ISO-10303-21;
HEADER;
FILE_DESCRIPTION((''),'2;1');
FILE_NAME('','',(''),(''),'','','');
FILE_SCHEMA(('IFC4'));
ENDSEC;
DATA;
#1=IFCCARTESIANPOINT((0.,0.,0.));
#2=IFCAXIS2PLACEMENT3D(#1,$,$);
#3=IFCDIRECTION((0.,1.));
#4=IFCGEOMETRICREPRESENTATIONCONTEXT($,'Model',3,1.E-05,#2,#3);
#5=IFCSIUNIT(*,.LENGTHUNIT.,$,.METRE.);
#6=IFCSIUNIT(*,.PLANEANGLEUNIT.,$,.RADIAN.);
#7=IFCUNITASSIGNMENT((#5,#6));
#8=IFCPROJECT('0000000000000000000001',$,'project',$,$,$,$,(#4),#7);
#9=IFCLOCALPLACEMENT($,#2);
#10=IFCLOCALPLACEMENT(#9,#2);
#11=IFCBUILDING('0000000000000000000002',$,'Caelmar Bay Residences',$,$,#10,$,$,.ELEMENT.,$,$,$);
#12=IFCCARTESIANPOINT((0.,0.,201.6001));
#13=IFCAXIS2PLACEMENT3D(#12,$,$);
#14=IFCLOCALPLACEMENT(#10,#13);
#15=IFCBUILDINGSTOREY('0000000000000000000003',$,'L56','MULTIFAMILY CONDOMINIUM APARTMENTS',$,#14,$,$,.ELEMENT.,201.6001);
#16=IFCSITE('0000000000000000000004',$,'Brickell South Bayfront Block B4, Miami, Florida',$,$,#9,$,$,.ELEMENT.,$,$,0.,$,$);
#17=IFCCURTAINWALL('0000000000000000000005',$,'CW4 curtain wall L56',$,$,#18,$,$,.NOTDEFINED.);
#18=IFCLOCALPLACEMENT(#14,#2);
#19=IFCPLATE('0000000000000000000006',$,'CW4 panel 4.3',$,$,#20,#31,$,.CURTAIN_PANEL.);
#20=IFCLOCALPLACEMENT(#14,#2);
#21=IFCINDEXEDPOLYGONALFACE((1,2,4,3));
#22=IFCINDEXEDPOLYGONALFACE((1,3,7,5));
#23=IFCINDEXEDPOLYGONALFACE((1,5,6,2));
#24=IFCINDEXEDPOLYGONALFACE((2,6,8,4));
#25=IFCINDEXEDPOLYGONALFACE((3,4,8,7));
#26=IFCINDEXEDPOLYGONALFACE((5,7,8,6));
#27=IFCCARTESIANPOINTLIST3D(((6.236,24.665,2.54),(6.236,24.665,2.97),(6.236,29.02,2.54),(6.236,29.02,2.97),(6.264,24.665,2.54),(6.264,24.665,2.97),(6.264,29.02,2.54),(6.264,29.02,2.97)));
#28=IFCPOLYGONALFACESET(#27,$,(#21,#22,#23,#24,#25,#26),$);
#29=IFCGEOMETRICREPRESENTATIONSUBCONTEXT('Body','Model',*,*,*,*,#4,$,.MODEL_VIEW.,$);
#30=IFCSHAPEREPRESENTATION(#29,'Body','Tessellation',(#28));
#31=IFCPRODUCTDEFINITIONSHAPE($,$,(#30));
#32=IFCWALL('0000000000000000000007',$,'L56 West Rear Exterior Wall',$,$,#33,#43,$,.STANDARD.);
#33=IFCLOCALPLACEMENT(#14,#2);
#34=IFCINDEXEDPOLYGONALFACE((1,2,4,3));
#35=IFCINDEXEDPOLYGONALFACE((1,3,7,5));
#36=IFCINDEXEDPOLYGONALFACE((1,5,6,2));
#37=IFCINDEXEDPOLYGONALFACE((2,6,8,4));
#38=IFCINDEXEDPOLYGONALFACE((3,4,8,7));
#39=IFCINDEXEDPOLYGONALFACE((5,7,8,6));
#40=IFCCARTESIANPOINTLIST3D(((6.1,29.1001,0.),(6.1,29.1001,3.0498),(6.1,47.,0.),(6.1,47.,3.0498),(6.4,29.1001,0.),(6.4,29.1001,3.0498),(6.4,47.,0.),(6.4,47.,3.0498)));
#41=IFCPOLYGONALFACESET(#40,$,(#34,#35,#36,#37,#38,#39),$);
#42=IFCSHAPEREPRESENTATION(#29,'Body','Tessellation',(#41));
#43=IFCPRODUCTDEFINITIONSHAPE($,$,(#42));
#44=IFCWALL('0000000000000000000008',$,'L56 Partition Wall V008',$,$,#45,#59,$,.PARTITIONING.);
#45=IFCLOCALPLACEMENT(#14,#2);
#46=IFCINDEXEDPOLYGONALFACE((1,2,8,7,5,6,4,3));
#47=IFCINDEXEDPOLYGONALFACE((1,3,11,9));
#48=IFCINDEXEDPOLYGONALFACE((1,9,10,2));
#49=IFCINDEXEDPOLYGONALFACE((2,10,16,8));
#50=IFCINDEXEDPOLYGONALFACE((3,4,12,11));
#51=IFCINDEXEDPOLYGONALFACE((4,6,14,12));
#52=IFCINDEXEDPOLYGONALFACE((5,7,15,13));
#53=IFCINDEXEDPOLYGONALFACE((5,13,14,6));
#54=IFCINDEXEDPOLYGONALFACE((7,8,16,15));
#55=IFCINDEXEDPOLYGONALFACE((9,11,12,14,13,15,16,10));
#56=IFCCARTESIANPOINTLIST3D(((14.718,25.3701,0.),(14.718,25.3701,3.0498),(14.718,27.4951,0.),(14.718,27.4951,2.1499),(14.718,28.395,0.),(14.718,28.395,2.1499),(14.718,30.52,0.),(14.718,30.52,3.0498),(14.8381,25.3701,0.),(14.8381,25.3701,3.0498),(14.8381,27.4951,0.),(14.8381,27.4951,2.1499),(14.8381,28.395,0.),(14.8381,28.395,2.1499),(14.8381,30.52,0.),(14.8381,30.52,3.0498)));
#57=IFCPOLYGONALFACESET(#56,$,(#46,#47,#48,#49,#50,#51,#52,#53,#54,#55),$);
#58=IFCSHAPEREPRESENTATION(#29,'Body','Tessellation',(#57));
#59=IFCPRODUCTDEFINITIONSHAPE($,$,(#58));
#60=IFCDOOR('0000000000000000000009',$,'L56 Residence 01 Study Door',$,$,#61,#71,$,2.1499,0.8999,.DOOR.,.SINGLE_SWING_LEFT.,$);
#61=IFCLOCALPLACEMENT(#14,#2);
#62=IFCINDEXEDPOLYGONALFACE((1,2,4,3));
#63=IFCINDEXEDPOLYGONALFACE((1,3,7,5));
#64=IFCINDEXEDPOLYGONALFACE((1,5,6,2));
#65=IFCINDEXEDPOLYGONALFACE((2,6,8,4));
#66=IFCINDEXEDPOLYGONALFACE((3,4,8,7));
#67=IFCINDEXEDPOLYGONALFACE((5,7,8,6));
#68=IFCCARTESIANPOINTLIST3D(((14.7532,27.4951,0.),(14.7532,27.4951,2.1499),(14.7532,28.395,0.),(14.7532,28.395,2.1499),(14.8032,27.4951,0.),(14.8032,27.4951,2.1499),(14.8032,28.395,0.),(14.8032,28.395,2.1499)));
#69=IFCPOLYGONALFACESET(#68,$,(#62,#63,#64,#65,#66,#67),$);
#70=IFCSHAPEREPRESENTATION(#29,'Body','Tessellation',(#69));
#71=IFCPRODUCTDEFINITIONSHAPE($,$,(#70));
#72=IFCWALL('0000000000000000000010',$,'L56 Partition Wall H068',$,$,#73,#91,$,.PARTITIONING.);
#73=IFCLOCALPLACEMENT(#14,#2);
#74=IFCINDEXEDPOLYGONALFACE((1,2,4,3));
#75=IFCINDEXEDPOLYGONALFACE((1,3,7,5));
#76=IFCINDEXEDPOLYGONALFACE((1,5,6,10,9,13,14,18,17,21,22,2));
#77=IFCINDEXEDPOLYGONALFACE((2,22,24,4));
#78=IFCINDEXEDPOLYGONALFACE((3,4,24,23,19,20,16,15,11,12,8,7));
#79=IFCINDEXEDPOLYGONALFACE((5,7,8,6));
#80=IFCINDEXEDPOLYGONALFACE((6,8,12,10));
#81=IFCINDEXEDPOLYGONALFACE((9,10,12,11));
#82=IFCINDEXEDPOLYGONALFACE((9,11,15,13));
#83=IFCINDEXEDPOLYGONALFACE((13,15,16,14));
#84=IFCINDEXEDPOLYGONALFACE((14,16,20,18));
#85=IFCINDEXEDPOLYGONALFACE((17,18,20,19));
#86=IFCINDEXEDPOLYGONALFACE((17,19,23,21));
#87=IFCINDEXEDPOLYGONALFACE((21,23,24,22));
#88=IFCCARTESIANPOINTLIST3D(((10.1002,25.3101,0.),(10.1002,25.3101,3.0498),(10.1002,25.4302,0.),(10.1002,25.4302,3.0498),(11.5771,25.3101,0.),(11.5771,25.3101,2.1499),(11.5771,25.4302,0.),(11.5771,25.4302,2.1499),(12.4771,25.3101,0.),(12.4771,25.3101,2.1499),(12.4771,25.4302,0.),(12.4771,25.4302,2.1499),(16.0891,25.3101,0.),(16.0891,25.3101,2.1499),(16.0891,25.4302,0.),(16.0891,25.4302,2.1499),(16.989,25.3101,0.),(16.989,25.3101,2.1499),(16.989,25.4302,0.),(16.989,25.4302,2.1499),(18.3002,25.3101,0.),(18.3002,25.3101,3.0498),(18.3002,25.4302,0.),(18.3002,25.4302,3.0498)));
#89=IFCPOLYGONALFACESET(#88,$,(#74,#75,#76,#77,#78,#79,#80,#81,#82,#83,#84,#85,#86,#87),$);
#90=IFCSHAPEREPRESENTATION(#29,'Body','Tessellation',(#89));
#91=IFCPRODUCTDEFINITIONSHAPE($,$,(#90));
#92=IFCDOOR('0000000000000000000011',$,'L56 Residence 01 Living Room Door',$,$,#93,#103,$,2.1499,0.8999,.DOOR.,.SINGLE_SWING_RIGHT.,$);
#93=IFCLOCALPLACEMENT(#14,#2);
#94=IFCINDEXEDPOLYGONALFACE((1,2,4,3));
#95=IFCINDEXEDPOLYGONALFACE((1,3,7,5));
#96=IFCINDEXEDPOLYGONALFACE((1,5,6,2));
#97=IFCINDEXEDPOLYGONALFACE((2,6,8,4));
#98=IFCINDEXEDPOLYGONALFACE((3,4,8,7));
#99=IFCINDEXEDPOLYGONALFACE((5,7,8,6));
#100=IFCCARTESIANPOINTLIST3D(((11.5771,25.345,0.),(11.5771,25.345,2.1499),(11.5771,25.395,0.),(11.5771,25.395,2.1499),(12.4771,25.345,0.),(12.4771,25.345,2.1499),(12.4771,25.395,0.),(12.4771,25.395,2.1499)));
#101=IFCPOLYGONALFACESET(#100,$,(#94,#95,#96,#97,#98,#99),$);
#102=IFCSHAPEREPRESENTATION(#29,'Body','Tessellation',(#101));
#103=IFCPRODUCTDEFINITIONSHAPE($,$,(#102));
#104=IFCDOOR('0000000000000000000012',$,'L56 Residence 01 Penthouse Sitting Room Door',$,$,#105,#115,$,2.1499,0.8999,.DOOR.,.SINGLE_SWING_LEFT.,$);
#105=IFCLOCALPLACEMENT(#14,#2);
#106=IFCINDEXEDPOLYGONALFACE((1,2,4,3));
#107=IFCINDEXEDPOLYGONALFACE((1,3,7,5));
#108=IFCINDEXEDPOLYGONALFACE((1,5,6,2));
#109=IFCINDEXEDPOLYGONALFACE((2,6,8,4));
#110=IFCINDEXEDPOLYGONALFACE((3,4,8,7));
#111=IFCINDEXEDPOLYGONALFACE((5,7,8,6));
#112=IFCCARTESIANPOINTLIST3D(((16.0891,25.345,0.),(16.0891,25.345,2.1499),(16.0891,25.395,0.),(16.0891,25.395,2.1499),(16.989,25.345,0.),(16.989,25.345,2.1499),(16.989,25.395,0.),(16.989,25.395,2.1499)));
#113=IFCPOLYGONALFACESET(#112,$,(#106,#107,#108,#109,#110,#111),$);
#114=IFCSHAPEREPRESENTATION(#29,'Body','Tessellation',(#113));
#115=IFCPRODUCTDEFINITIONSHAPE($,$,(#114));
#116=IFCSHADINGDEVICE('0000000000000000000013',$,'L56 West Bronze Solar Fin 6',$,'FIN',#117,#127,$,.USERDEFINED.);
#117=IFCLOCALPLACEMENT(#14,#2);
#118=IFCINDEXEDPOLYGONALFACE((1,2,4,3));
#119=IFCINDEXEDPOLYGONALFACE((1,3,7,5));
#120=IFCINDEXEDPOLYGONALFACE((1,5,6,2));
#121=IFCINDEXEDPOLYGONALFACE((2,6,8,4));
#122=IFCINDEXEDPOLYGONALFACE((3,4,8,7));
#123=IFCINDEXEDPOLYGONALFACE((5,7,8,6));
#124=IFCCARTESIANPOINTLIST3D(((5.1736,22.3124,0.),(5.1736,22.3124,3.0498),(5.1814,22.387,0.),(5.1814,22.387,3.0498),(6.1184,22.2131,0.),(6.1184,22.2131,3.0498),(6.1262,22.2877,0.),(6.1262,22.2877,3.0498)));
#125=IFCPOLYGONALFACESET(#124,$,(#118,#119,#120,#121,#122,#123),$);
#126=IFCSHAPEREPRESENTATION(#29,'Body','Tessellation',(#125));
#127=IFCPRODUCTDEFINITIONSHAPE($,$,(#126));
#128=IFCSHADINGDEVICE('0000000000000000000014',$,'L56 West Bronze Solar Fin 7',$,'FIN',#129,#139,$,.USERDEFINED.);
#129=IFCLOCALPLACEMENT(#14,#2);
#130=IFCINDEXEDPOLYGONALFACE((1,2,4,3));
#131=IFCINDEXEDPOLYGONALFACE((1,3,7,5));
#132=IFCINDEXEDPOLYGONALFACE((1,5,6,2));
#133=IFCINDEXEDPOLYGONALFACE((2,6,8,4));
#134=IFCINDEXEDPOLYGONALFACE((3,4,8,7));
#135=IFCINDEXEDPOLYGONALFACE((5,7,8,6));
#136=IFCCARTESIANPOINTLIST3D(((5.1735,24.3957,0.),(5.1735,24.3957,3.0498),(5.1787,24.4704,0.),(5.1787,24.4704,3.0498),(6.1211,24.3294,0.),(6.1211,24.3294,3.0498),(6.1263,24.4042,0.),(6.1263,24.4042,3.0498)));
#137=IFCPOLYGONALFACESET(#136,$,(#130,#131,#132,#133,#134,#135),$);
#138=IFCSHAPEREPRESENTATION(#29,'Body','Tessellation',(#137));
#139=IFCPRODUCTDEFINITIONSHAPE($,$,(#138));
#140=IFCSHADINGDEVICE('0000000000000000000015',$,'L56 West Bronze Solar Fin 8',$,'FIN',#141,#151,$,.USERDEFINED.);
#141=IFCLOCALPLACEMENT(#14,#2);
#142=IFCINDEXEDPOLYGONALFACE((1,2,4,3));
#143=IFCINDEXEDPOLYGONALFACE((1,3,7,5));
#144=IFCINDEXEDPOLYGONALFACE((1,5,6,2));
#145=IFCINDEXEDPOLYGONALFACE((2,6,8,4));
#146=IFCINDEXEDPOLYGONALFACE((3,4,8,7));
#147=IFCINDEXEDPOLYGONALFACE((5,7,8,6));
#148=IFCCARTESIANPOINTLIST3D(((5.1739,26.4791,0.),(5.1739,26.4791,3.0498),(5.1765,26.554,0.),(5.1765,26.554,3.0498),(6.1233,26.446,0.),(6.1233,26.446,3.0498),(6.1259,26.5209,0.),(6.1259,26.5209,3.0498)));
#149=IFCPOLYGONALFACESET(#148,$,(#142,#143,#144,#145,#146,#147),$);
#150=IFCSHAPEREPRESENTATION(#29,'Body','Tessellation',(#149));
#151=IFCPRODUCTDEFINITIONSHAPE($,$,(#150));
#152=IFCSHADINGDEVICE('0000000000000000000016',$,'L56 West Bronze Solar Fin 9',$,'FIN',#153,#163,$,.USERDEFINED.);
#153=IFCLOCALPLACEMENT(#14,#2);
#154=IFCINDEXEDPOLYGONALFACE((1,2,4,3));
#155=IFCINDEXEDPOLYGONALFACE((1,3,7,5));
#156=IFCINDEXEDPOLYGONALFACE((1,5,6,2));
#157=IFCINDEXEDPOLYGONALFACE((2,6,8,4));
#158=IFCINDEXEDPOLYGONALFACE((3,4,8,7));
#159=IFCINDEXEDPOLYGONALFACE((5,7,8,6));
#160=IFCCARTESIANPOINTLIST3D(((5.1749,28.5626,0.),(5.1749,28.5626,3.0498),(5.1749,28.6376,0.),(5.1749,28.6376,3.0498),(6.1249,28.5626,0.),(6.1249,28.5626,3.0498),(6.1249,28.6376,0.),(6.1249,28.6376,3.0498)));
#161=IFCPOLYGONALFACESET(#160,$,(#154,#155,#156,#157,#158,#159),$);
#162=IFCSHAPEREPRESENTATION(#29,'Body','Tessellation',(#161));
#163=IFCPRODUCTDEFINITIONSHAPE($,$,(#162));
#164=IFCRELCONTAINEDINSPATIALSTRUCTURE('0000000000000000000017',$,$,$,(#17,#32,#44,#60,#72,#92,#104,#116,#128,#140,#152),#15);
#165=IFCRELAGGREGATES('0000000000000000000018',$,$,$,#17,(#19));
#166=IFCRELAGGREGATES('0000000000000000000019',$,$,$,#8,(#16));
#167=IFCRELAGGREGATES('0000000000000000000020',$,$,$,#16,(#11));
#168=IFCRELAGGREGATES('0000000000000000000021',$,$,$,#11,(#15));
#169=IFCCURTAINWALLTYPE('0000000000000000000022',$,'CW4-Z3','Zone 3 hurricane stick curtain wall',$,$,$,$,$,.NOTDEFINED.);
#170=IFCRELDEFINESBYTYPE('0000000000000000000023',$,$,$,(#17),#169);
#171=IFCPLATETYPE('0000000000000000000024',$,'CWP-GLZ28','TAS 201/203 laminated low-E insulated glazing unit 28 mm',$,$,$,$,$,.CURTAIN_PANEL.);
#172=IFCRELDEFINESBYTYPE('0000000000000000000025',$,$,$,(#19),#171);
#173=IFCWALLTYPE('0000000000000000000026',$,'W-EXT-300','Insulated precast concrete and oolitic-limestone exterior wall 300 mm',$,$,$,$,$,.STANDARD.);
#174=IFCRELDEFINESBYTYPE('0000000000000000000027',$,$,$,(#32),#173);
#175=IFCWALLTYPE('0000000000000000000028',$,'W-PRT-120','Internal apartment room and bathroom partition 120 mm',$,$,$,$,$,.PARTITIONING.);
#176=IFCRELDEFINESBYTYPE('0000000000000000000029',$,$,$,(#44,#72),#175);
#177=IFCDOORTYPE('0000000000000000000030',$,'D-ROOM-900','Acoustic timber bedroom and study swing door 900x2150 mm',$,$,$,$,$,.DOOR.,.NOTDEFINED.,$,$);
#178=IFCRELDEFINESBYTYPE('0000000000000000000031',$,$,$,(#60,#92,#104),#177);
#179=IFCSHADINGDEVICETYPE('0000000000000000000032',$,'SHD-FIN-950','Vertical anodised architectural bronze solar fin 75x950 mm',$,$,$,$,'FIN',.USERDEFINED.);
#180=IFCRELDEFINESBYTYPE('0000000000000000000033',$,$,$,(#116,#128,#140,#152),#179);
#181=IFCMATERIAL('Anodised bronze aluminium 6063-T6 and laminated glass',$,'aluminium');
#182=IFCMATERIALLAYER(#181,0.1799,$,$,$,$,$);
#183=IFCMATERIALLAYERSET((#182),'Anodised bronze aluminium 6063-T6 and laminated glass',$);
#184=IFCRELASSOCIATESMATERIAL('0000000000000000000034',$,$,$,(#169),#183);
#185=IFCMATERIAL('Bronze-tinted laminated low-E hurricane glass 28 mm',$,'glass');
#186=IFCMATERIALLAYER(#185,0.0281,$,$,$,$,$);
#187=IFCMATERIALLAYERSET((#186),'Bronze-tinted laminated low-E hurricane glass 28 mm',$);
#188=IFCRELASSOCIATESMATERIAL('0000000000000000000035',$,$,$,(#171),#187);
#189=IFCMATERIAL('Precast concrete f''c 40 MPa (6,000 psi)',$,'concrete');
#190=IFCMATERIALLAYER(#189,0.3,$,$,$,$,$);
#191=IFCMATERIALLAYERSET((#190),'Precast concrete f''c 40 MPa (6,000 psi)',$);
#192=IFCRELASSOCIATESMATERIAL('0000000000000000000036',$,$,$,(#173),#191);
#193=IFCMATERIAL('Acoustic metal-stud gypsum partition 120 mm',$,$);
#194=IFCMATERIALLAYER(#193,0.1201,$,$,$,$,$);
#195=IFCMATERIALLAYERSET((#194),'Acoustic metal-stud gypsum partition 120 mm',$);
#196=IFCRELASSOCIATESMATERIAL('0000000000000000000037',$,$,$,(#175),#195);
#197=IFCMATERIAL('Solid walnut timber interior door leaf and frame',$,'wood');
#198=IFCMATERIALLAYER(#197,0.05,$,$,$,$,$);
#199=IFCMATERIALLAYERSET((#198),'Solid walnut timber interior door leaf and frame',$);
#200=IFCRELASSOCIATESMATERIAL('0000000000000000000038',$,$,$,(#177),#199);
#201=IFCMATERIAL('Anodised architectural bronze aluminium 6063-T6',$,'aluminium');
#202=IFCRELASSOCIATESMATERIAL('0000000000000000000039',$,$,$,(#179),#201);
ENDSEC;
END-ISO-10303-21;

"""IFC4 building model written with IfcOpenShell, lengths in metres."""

from ifc_helpers import new_model, si_unit, direction, frame, frame_2d, origin, origin_2d, place, context, subcontext, project, spatial, rectangle, extrude, material, layer, layer_set, material_profile, profile_set, type_object, element, fill, aggregate, save


model = new_model("IFC4")

# Units and contexts
model_context = context("Model", 3, precision=1e-05, world=origin(), true_north=direction((0.0, 1.0)))
body_context = subcontext(model_context, "Body", "Model", "MODEL_VIEW")
ifc_project = project(units=[si_unit("LENGTHUNIT", "METRE"), si_unit("PLANEANGLEUNIT", "RADIAN")], contexts=[model_context])

# Site, building, storey
site_placement = place(None, origin())
site = spatial("IfcSite", under=ifc_project, at=site_placement, Name="Brickell South Bayfront Block B4, Miami, Florida", CompositionType="ELEMENT", RefElevation=0.0)
building_placement = place(site_placement, origin())
building = spatial("IfcBuilding", under=site, at=building_placement, Name="Caelmar Bay Residences", CompositionType="ELEMENT")
storey_placement = place(building_placement, frame((0.0, 0.0, 201.6001)))
storey = spatial("IfcBuildingStorey", under=building, at=storey_placement, Name="L56", Description="MULTIFAMILY CONDOMINIUM APARTMENTS", CompositionType="ELEMENT", Elevation=201.6001)

# Curtain wall, plate
ifc_material_1 = material(Name="Anodised bronze aluminium 6063-T6 and laminated glass", Category="aluminium")
ifc_layer_1 = layer(ifc_material_1, 0.1799)
ifc_layer_set_1 = layer_set([ifc_layer_1], Name="Anodised bronze aluminium 6063-T6 and laminated glass")
curtain_wall_type = type_object("IfcCurtainWallType", Name="CW4-Z3", Description="Zone 3 hurricane stick curtain wall", PredefinedType="NOTDEFINED", material=ifc_layer_set_1)
curtain_wall_placement = place(storey_placement, origin())
curtain_wall = element("IfcCurtainWall", 1, at=curtain_wall_placement, inside=storey, type_object=curtain_wall_type, Name="CW4 curtain wall L56", PredefinedType="NOTDEFINED")
ifc_material_2 = material(Name="Bronze-tinted laminated low-E hurricane glass 28 mm", Category="glass")
ifc_layer_2 = layer(ifc_material_2, 0.0281)
ifc_layer_set_2 = layer_set([ifc_layer_2], Name="Bronze-tinted laminated low-E hurricane glass 28 mm")
plate_type = type_object("IfcPlateType", Name="CWP-GLZ28", Description="TAS 201/203 laminated low-E insulated glazing unit 28 mm", PredefinedType="CURTAIN_PANEL", material=ifc_layer_set_2)
plate_1_placement = place(storey_placement, frame((6.25, 26.8425, 2.54), z_axis=(0.0, 0.0, 1.0), x_axis=(0.0, 1.0, 0.0)))
plate_1 = element("IfcPlate", 2, at=plate_1_placement, type_object=plate_type, Name="CW4 panel 4.3", PredefinedType="CURTAIN_PANEL", context=body_context, shape_type="SweptSolid", body=[
    extrude(rectangle(XDim=4.355, YDim=0.0281, at=origin_2d()), origin(), (0.0, 0.0, 1.0), 0.4299),
])
aggregate(curtain_wall, [plate_1])

# Wall
ifc_material_3 = material(Name="Precast concrete f'c 40 MPa (6,000 psi)", Category="concrete")
ifc_layer_3 = layer(ifc_material_3, 0.3)
ifc_layer_set_3 = layer_set([ifc_layer_3], Name="Precast concrete f'c 40 MPa (6,000 psi)")
wall_type_1 = type_object("IfcWallType", Name="W-EXT-300", Description="Insulated precast concrete and oolitic-limestone exterior wall 300 mm", PredefinedType="STANDARD", material=ifc_layer_set_3)
wall_1_placement = place(storey_placement, frame((6.25, 29.1001, 0.0), z_axis=(0.0, 0.0, 1.0), x_axis=(0.0, 1.0, 0.0)))
element("IfcWall", 3, at=wall_1_placement, inside=storey, type_object=wall_type_1, Name="L56 West Rear Exterior Wall", PredefinedType="STANDARD", context=body_context, shape_type="SweptSolid", body=[
    extrude(rectangle(XDim=17.8999, YDim=0.3, at=frame_2d((8.95, 0.0))), origin(), (0.0, 0.0, 1.0), 3.0498),
])

# Wall, opening, door
ifc_material_4 = material(Name="Acoustic metal-stud gypsum partition 120 mm")
ifc_layer_4 = layer(ifc_material_4, 0.1201)
ifc_layer_set_4 = layer_set([ifc_layer_4], Name="Acoustic metal-stud gypsum partition 120 mm")
wall_type_2 = type_object("IfcWallType", Name="W-PRT-120", Description="Internal apartment room and bathroom partition 120 mm", PredefinedType="PARTITIONING", material=ifc_layer_set_4)
wall_2_placement = place(storey_placement, frame((14.7781, 25.3701, 0.0), z_axis=(0.0, 0.0, 1.0), x_axis=(0.0, 1.0, 0.0)))
wall_2 = element("IfcWall", 4, at=wall_2_placement, inside=storey, type_object=wall_type_2, Name="L56 Partition Wall V008", PredefinedType="PARTITIONING", context=body_context, shape_type="SweptSolid", body=[
    extrude(rectangle(XDim=5.1499, YDim=0.1201, at=frame_2d((2.575, 0.0))), origin(), (0.0, 0.0, 1.0), 3.0498),
])
opening_1_placement = place(wall_2_placement, frame((2.125, 0.0, 0.0)))
opening_1 = element("IfcOpeningElement", 5, at=opening_1_placement, cuts=wall_2, PredefinedType="OPENING", context=body_context, shape_type="SweptSolid", body=[
    extrude(rectangle(XDim=0.8999, YDim=2.1499, at=frame_2d((0.45, 1.075))), frame((0.0, 0.0701, 0.0), z_axis=(0.0, -1.0, 0.0), x_axis=(1.0, 0.0, 0.0)), (0.0, 0.0, 1.0), 0.1401),
])
ifc_material_5 = material(Name="Solid walnut timber interior door leaf and frame", Category="wood")
ifc_layer_5 = layer(ifc_material_5, 0.05)
ifc_layer_set_5 = layer_set([ifc_layer_5], Name="Solid walnut timber interior door leaf and frame")
door_type = type_object("IfcDoorType", Name="D-ROOM-900", Description="Acoustic timber bedroom and study swing door 900x2150 mm", OperationType="NOTDEFINED", PredefinedType="DOOR", material=ifc_layer_set_5)
door_1_placement = place(opening_1_placement, origin())
door_1 = element("IfcDoor", 6, at=door_1_placement, inside=storey, type_object=door_type, Name="L56 Residence 01 Study Door", OperationType="SINGLE_SWING_LEFT", OverallHeight=2.1499, OverallWidth=0.8999, PredefinedType="DOOR", context=body_context, shape_type="SweptSolid", body=[
    extrude(rectangle(XDim=0.8999, YDim=2.1499, at=frame_2d((0.45, 1.075))), frame((0.0, 0.0249, 0.0), z_axis=(0.0, -1.0, 0.0), x_axis=(1.0, 0.0, 0.0)), (0.0, 0.0, 1.0), 0.05),
])
fill(opening_1, door_1)

# Wall, openings, doors
wall_3_placement = place(storey_placement, frame((10.1001, 25.3701, 0.0), z_axis=(0.0, 0.0, 1.0), x_axis=(1.0, 0.0, 0.0)))
wall_3 = element("IfcWall", 7, at=wall_3_placement, inside=storey, type_object=wall_type_2, Name="L56 Partition Wall H068", PredefinedType="PARTITIONING", context=body_context, shape_type="SweptSolid", body=[
    extrude(rectangle(XDim=8.2, YDim=0.1201, at=frame_2d((4.1001, 0.0))), origin(), (0.0, 0.0, 1.0), 3.0498),
])
opening_2_placement = place(wall_3_placement, frame((1.4771, 0.0, 0.0)))
opening_2 = element("IfcOpeningElement", 8, at=opening_2_placement, cuts=wall_3, PredefinedType="OPENING", context=body_context, shape_type="SweptSolid", body=[
    extrude(rectangle(XDim=0.8999, YDim=2.1499, at=frame_2d((0.45, 1.075))), frame((0.0, 0.0701, 0.0), z_axis=(0.0, -1.0, 0.0), x_axis=(1.0, 0.0, 0.0)), (0.0, 0.0, 1.0), 0.1401),
])
opening_3_placement = place(wall_3_placement, frame((5.989, 0.0, 0.0)))
opening_3 = element("IfcOpeningElement", 9, at=opening_3_placement, cuts=wall_3, PredefinedType="OPENING", context=body_context, shape_type="SweptSolid", body=[
    extrude(rectangle(XDim=0.8999, YDim=2.1499, at=frame_2d((0.45, 1.075))), frame((0.0, 0.0701, 0.0), z_axis=(0.0, -1.0, 0.0), x_axis=(1.0, 0.0, 0.0)), (0.0, 0.0, 1.0), 0.1401),
])
door_2_placement = place(opening_2_placement, origin())
door_2 = element("IfcDoor", 10, at=door_2_placement, inside=storey, type_object=door_type, Name="L56 Residence 01 Living Room Door", OperationType="SINGLE_SWING_RIGHT", OverallHeight=2.1499, OverallWidth=0.8999, PredefinedType="DOOR", context=body_context, shape_type="SweptSolid", body=[
    extrude(rectangle(XDim=0.8999, YDim=2.1499, at=frame_2d((0.45, 1.075))), frame((0.0, 0.0249, 0.0), z_axis=(0.0, -1.0, 0.0), x_axis=(1.0, 0.0, 0.0)), (0.0, 0.0, 1.0), 0.05),
])
fill(opening_2, door_2)
door_3_placement = place(opening_3_placement, origin())
door_3 = element("IfcDoor", 11, at=door_3_placement, inside=storey, type_object=door_type, Name="L56 Residence 01 Penthouse Sitting Room Door", OperationType="SINGLE_SWING_LEFT", OverallHeight=2.1499, OverallWidth=0.8999, PredefinedType="DOOR", context=body_context, shape_type="SweptSolid", body=[
    extrude(rectangle(XDim=0.8999, YDim=2.1499, at=frame_2d((0.45, 1.075))), frame((0.0, 0.0249, 0.0), z_axis=(0.0, -1.0, 0.0), x_axis=(1.0, 0.0, 0.0)), (0.0, 0.0, 1.0), 0.05),
])
fill(opening_3, door_3)

# Shading devices
ifc_material_6 = material(Name="Anodised architectural bronze aluminium 6063-T6", Category="aluminium")
ifc_material_profile_1 = material_profile(ifc_material_6, rectangle(XDim=0.075, YDim=0.95, at=origin_2d()), Name="BRONZE-FIN-75X950")
ifc_profile_set_1 = profile_set([ifc_material_profile_1], Name="Anodised architectural bronze aluminium 6063-T6")
shading_device_type = type_object("IfcShadingDeviceType", Name="SHD-FIN-950", Description="Vertical anodised architectural bronze solar fin 75x950 mm", ElementType="FIN", PredefinedType="USERDEFINED", material=ifc_profile_set_1)
for number, where, z_axis, x_axis, name in (
    (12, (5.6499, 22.3, 0.0), (0.0, 0.0, 1.0), (0.104528, 0.994522, 0.0), "L56 West Bronze Solar Fin 6"),
    (13, (5.6499, 24.3999, 0.0), (0.0, 0.0, 1.0), (0.069756, 0.997564, 0.0), "L56 West Bronze Solar Fin 7"),
    (14, (5.6499, 26.5, 0.0), (0.0, 0.0, 1.0), (0.034899, 0.999391, 0.0), "L56 West Bronze Solar Fin 8"),
    (15, (5.6499, 28.6001, 0.0), (0.0, 0.0, 1.0), (0.0, 1.0, 0.0), "L56 West Bronze Solar Fin 9"),
):
    element("IfcShadingDevice", number, at=place(storey_placement, frame(where, z_axis=z_axis, x_axis=x_axis)), inside=storey, type_object=shading_device_type, Name=name, ObjectType="FIN", PredefinedType="USERDEFINED", context=body_context, shape_type="SweptSolid", body=[
        extrude(rectangle(XDim=0.075, YDim=0.95, at=origin_2d()), origin(), (0.0, 0.0, 1.0), 3.0498),
    ])

save(model, "model.ifc")
